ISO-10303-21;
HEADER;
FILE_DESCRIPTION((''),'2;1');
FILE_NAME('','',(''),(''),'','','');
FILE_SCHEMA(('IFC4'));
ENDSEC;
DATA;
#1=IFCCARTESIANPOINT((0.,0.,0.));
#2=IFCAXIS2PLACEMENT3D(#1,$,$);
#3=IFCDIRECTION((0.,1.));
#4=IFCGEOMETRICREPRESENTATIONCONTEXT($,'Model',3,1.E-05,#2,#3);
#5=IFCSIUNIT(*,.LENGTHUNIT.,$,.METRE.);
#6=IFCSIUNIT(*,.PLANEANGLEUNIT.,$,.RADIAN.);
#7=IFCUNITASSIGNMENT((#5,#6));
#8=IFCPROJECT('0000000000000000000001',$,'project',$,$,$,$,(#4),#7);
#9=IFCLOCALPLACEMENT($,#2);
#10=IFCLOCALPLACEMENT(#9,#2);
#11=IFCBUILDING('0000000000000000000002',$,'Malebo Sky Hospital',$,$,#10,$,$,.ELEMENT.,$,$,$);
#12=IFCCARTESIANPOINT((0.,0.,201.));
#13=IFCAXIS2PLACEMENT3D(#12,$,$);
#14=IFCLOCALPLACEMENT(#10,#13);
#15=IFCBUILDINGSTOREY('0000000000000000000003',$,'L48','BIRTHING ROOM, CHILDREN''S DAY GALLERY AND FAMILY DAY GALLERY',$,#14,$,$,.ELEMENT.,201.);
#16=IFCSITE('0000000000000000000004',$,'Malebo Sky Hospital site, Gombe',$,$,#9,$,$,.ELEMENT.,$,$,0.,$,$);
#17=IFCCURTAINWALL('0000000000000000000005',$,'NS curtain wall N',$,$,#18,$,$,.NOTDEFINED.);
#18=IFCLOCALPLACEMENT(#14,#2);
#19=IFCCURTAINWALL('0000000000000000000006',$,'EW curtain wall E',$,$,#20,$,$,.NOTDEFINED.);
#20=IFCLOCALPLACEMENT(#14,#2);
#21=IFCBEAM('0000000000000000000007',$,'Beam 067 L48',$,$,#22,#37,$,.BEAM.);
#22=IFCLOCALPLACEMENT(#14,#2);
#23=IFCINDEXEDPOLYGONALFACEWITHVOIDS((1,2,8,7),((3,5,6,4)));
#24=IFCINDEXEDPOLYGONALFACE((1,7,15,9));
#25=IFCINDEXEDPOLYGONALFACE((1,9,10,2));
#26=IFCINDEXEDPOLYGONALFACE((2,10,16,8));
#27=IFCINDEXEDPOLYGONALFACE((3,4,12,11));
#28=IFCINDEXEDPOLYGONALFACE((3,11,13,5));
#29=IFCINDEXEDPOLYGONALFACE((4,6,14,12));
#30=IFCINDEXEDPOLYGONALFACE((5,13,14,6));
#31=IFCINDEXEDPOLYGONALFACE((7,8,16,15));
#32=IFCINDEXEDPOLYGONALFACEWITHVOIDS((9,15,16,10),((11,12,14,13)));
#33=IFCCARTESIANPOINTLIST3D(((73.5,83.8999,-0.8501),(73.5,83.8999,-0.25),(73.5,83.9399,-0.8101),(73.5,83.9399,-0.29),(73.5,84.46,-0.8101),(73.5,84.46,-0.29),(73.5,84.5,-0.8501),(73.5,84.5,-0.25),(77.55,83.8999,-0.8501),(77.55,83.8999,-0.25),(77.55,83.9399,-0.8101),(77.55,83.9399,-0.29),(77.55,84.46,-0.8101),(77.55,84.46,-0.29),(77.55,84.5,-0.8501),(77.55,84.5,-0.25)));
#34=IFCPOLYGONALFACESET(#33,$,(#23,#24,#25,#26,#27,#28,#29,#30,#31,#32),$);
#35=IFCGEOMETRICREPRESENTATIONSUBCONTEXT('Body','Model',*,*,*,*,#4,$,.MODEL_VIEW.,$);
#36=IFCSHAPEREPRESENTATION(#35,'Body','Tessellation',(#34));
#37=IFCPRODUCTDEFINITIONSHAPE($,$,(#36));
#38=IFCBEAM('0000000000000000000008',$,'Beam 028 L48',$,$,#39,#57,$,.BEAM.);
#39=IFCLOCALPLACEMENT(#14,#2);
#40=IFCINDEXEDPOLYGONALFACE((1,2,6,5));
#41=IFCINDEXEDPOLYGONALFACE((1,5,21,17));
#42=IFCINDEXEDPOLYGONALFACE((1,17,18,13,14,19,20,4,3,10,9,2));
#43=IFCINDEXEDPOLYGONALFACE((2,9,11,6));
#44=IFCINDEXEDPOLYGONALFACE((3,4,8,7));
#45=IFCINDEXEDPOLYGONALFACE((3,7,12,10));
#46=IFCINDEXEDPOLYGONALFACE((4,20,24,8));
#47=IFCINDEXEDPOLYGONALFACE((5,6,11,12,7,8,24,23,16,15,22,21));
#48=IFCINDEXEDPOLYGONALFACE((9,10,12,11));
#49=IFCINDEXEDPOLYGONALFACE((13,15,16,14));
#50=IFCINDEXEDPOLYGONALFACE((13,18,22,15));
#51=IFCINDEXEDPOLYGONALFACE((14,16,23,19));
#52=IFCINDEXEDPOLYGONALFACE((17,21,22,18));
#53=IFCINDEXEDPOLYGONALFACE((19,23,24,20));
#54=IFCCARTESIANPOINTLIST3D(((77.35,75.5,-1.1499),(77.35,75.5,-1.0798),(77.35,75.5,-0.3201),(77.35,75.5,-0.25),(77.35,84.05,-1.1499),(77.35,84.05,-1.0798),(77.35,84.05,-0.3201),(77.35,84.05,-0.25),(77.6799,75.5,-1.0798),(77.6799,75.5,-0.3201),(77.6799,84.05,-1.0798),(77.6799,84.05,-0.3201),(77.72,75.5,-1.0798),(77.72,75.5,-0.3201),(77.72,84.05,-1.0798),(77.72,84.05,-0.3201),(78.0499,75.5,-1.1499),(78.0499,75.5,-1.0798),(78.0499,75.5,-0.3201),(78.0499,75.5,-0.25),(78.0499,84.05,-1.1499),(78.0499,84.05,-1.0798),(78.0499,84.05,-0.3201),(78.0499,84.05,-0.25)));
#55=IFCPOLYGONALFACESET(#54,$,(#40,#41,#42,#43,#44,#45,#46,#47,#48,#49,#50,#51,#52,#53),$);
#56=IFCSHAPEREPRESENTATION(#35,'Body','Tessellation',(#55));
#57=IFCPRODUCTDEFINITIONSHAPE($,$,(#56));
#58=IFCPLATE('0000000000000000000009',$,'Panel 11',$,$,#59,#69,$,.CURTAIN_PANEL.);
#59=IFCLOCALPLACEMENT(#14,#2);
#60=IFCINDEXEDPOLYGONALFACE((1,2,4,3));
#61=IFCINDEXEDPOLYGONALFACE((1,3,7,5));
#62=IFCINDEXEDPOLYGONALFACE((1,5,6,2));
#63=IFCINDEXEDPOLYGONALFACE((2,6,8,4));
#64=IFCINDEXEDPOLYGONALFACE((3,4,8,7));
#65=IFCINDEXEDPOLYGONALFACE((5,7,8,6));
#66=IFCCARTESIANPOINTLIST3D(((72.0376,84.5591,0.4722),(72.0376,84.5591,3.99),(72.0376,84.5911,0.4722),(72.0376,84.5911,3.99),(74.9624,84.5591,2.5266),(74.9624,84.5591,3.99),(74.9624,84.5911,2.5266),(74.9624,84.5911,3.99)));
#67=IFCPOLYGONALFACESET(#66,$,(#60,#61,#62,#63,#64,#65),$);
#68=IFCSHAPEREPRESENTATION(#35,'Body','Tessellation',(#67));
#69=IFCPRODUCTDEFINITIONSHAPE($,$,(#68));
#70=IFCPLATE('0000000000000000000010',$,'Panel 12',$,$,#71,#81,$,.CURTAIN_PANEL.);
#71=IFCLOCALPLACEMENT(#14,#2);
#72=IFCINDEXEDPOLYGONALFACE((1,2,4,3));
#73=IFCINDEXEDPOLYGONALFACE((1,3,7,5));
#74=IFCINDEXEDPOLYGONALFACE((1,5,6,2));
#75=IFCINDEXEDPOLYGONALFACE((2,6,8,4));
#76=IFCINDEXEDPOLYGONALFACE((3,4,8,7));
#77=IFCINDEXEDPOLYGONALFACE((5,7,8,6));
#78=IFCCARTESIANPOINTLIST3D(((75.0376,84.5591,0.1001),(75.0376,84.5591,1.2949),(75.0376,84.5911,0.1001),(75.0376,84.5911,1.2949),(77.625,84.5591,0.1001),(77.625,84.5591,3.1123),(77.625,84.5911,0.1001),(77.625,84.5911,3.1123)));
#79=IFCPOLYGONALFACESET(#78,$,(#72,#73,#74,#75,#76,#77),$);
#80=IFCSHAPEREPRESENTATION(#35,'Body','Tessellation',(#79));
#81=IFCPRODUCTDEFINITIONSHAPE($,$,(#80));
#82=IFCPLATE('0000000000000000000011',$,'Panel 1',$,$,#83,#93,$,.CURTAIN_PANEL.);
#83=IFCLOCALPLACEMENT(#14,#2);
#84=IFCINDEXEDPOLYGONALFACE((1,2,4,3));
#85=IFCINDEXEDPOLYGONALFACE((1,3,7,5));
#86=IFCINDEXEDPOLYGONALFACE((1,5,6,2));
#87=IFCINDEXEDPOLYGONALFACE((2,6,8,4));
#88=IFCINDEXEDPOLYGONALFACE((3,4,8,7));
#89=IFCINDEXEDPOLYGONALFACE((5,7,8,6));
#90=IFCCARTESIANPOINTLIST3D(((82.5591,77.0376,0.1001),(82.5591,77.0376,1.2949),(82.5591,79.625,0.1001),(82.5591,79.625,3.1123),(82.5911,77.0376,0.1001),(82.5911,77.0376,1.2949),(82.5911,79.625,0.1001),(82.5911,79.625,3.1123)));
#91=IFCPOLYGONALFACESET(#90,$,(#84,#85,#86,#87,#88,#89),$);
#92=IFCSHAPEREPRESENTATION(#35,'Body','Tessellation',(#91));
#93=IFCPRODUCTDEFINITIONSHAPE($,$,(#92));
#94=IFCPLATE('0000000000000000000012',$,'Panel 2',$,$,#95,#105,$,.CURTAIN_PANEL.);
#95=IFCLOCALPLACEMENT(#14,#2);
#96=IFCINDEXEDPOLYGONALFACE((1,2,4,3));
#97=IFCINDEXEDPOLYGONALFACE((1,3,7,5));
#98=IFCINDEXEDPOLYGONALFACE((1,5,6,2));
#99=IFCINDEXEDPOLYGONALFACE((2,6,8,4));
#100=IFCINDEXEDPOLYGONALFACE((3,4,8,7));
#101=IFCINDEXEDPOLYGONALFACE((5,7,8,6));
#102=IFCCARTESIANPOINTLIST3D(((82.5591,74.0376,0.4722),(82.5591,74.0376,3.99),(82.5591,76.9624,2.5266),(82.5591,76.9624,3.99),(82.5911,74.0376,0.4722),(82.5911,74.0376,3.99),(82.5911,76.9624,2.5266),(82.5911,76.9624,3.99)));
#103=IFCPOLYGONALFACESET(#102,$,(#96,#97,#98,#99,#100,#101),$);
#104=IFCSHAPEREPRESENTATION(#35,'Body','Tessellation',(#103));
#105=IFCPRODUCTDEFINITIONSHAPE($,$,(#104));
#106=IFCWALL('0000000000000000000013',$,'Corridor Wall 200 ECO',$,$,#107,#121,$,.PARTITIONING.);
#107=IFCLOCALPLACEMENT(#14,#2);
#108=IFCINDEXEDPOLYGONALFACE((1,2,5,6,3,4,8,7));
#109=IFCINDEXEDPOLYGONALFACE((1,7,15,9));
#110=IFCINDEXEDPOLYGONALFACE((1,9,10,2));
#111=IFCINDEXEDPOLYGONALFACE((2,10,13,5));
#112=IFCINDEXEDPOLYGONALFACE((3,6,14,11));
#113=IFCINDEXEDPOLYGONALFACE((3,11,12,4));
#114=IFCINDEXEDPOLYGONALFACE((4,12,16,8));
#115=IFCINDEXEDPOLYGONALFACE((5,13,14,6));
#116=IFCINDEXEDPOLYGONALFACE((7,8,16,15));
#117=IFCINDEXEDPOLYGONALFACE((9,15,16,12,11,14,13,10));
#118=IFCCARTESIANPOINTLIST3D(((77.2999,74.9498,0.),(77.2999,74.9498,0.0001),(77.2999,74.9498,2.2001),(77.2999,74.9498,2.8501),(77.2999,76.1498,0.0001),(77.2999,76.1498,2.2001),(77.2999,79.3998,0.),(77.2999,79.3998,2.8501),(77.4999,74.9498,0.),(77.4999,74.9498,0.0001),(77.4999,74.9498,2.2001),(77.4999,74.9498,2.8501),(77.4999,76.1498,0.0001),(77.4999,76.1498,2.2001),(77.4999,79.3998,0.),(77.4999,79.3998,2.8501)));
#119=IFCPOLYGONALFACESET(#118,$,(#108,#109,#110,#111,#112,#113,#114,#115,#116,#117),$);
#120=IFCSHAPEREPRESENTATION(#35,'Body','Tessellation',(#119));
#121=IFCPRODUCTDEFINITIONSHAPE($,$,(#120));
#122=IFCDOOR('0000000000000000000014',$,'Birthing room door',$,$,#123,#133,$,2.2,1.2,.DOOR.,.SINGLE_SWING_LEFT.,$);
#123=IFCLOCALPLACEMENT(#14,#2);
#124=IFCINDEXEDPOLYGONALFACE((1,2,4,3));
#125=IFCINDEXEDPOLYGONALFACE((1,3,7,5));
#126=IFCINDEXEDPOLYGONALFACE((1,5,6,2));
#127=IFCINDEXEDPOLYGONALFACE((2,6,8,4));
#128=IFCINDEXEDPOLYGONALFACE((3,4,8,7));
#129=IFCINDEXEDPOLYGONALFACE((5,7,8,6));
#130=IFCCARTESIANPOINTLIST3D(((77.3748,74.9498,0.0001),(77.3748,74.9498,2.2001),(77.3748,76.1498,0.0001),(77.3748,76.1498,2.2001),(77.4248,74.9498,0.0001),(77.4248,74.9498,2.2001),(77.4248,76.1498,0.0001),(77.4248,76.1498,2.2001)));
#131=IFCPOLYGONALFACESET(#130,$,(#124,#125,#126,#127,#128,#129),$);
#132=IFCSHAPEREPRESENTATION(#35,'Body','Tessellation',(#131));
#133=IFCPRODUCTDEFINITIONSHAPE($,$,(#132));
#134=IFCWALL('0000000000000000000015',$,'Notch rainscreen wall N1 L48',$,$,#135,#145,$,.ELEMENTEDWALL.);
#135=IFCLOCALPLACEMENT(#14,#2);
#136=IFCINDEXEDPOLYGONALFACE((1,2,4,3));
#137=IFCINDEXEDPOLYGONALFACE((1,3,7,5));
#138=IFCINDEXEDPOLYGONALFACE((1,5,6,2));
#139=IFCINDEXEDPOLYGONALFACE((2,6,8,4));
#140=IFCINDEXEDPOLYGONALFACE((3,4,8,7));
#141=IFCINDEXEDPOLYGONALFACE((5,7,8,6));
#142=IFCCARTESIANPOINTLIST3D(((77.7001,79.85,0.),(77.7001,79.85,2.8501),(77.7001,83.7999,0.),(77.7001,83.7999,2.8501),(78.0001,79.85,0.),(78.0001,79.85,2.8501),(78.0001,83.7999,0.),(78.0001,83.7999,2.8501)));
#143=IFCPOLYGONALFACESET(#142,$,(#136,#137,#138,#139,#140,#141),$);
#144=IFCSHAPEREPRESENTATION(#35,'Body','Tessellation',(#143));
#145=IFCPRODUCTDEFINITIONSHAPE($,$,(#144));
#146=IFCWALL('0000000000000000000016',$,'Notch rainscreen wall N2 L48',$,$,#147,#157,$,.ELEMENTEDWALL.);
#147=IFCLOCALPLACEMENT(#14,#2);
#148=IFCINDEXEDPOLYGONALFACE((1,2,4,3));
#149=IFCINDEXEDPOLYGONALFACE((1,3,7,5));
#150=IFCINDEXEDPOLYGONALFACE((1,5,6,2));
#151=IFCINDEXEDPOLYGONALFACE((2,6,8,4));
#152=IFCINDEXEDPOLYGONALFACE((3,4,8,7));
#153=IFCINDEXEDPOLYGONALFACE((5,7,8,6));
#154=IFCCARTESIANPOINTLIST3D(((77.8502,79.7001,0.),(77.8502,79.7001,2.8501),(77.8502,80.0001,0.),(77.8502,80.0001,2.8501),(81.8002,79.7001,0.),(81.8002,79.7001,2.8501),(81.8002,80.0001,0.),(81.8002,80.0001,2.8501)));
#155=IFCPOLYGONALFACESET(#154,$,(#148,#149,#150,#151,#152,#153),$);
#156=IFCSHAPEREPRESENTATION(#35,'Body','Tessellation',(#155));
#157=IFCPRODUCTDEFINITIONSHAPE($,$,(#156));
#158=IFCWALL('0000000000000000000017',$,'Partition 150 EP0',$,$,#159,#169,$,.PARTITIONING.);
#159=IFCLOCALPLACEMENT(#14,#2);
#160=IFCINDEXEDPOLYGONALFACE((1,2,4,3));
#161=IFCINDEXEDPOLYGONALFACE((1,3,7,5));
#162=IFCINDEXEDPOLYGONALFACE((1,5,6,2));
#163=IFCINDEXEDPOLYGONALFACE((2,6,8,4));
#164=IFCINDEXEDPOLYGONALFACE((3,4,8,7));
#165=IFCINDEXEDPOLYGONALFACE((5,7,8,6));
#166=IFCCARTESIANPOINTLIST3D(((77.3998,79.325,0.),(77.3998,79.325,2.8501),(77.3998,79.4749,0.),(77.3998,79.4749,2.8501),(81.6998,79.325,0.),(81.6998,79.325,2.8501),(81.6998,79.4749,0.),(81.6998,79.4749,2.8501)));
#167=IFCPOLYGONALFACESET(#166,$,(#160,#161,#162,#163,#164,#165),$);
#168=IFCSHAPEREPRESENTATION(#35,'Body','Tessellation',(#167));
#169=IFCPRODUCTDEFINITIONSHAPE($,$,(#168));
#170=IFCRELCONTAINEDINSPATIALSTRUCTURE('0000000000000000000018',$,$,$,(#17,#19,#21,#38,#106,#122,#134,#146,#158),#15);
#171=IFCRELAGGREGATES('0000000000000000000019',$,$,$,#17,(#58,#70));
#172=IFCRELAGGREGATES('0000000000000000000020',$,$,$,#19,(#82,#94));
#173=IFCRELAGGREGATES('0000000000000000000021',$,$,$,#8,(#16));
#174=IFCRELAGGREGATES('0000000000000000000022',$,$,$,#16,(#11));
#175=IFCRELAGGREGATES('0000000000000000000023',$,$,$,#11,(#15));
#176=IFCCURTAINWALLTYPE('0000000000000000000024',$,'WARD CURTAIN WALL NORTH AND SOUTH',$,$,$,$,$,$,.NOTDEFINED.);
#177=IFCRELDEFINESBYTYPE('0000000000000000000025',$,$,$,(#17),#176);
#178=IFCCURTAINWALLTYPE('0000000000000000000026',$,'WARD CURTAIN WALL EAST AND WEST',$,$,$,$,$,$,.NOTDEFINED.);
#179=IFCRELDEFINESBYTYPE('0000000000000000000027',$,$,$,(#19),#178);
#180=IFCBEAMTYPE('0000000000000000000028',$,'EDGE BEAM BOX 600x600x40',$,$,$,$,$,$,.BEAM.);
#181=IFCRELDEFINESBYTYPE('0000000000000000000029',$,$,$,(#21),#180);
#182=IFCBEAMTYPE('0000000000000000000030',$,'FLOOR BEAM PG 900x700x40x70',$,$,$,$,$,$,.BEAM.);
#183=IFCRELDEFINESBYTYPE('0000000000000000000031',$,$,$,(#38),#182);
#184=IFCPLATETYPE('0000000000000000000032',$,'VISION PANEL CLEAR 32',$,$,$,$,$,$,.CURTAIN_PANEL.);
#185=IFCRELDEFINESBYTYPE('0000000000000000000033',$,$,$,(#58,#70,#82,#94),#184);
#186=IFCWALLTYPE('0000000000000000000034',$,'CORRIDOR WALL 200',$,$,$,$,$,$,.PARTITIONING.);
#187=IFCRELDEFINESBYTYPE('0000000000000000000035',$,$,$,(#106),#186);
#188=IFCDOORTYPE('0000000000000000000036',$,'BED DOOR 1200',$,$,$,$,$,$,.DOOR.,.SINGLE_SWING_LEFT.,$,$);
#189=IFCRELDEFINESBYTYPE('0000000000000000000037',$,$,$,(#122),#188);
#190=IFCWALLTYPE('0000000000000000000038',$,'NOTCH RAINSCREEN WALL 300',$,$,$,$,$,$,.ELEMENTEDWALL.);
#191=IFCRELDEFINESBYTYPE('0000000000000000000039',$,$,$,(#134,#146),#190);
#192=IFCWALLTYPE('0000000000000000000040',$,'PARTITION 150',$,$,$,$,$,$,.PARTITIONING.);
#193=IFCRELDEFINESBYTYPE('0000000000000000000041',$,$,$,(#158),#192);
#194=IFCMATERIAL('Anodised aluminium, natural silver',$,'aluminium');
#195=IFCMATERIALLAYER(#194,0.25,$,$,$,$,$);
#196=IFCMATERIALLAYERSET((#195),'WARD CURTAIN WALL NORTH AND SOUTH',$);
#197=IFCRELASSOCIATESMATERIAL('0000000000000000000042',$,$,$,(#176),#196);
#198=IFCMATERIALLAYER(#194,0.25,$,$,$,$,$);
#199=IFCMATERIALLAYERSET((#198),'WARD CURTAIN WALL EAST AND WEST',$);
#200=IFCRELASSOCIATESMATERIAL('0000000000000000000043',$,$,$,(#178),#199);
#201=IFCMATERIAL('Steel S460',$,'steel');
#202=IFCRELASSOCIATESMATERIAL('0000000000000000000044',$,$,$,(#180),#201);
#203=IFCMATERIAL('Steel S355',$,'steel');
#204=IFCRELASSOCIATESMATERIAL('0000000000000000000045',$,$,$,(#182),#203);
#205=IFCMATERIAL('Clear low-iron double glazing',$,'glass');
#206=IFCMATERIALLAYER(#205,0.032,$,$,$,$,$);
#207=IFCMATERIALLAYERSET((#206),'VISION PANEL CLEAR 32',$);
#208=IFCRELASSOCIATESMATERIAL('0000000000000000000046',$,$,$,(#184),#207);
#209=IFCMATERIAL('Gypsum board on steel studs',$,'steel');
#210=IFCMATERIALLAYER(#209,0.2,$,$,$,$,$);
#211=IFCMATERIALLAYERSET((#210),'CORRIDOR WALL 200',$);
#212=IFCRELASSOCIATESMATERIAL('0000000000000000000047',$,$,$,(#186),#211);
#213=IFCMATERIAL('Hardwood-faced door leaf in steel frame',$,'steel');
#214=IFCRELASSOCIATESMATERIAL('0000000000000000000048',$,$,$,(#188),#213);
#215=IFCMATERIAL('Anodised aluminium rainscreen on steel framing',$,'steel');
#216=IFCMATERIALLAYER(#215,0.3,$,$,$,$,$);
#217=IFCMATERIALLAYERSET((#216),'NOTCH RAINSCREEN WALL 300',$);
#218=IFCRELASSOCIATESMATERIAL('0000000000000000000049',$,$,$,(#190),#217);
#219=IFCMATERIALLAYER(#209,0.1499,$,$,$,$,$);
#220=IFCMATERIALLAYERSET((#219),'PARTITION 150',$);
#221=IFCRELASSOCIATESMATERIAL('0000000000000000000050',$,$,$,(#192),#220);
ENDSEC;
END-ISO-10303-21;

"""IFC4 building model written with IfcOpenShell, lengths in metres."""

from ifc_helpers import new_model, si_unit, direction, frame, frame_2d, origin, origin_2d, place, context, subcontext, project, spatial, polyline, rectangle, hollow_rectangle, i_section, outline, extrude, material, layer, layer_set, material_profile, profile_set, type_object, element, fill, aggregate, save


model = new_model("IFC4")

# Units and contexts
model_context = context("Model", 3, precision=1e-05, world=origin(), true_north=direction((0.0, 1.0)))
body_context = subcontext(model_context, "Body", "Model", "MODEL_VIEW")
ifc_project = project(units=[si_unit("LENGTHUNIT", "METRE"), si_unit("PLANEANGLEUNIT", "RADIAN")], contexts=[model_context])

# Site, building, storey
site_placement = place(None, origin())
site = spatial("IfcSite", under=ifc_project, at=site_placement, Name="Malebo Sky Hospital site, Gombe", CompositionType="ELEMENT", RefElevation=0.0)
building_placement = place(site_placement, origin())
building = spatial("IfcBuilding", under=site, at=building_placement, Name="Malebo Sky Hospital", CompositionType="ELEMENT")
storey_placement = place(building_placement, frame((0.0, 0.0, 201.0)))
storey = spatial("IfcBuildingStorey", under=building, at=storey_placement, Name="L48", Description="BIRTHING ROOM, CHILDREN'S DAY GALLERY AND FAMILY DAY GALLERY", CompositionType="ELEMENT", Elevation=201.0)

# Shared definitions
ifc_material_1 = material(Name="Steel S460", Category="steel")

# Curtain wall
ifc_material_2 = material(Name="Anodised aluminium, natural silver", Category="aluminium")
ifc_layer_1 = layer(ifc_material_2, 0.25)
ifc_layer_set_1 = layer_set([ifc_layer_1], Name="WARD CURTAIN WALL NORTH AND SOUTH")
curtain_wall_type_1 = type_object("IfcCurtainWallType", Name="WARD CURTAIN WALL NORTH AND SOUTH", PredefinedType="NOTDEFINED", material=ifc_layer_set_1)
curtain_wall_1_placement = place(storey_placement, origin())
curtain_wall_1 = element("IfcCurtainWall", 1, at=curtain_wall_1_placement, inside=storey, type_object=curtain_wall_type_1, Name="NS curtain wall N", PredefinedType="NOTDEFINED")

# Curtain wall
ifc_layer_2 = layer(ifc_material_2, 0.25)
ifc_layer_set_2 = layer_set([ifc_layer_2], Name="WARD CURTAIN WALL EAST AND WEST")
curtain_wall_type_2 = type_object("IfcCurtainWallType", Name="WARD CURTAIN WALL EAST AND WEST", PredefinedType="NOTDEFINED", material=ifc_layer_set_2)
curtain_wall_2_placement = place(storey_placement, origin())
curtain_wall_2 = element("IfcCurtainWall", 2, at=curtain_wall_2_placement, inside=storey, type_object=curtain_wall_type_2, Name="EW curtain wall E", PredefinedType="NOTDEFINED")

# Beams
ifc_material_profile_1 = material_profile(ifc_material_1, hollow_rectangle(XDim=0.6001, YDim=0.6001, WallThickness=0.04, at=origin_2d()), Name="BOX 600x600x40")
ifc_profile_set_1 = profile_set([ifc_material_profile_1], Name="Steel S460")
beam_type_1 = type_object("IfcBeamType", Name="EDGE BEAM BOX 600x600x40", PredefinedType="BEAM", material=ifc_profile_set_1)
for number, where, z_axis, x_axis, name in (
    (3, (73.5, 84.2, -0.55), (1.0, 0.0, 0.0), (0.0, 1.0, 0.0), "Beam 067 L48"),
):
    element("IfcBeam", number, at=place(storey_placement, frame(where, z_axis=z_axis, x_axis=x_axis)), inside=storey, type_object=beam_type_1, Name=name, PredefinedType="BEAM", context=body_context, shape_type="SweptSolid", body=[
        extrude(hollow_rectangle(XDim=0.6001, YDim=0.6001, WallThickness=0.04, at=origin_2d()), origin(), (0.0, 0.0, 1.0), 4.05),
    ])
ifc_material_3 = material(Name="Steel S355", Category="steel")
ifc_material_profile_2 = material_profile(ifc_material_3, i_section(OverallWidth=0.7, OverallDepth=0.8999, WebThickness=0.04, FlangeThickness=0.0701, at=origin_2d()), Name="PG 900x700x40x70")
ifc_profile_set_2 = profile_set([ifc_material_profile_2], Name="Steel S355")
beam_type_2 = type_object("IfcBeamType", Name="FLOOR BEAM PG 900x700x40x70", PredefinedType="BEAM", material=ifc_profile_set_2)
beam_placement = place(storey_placement, frame((77.7, 75.5, -0.7), z_axis=(0.0, 1.0, 0.0), x_axis=(-1.0, 0.0, 0.0)))
element("IfcBeam", 4, at=beam_placement, inside=storey, type_object=beam_type_2, Name="Beam 028 L48", PredefinedType="BEAM", context=body_context, shape_type="SweptSolid", body=[
    extrude(i_section(OverallWidth=0.7, OverallDepth=0.8999, WebThickness=0.04, FlangeThickness=0.0701, at=origin_2d()), origin(), (0.0, 0.0, 1.0), 8.55),
])

# Plates
ifc_material_4 = material(Name="Clear low-iron double glazing", Category="glass")
ifc_layer_3 = layer(ifc_material_4, 0.032)
ifc_layer_set_3 = layer_set([ifc_layer_3], Name="VISION PANEL CLEAR 32")
plate_type = type_object("IfcPlateType", Name="VISION PANEL CLEAR 32", PredefinedType="CURTAIN_PANEL", material=ifc_layer_set_3)
plate_1_placement = place(storey_placement, frame((73.5, 84.575, 0.4722), z_axis=(0.0, 0.0, 1.0), x_axis=(1.0, 0.0, 0.0)))
plate_1 = element("IfcPlate", 5, at=plate_1_placement, type_object=plate_type, Name="Panel 11", PredefinedType="CURTAIN_PANEL", context=body_context, shape_type="SweptSolid", body=[
    extrude(outline(polyline([(-1.4624, 0.0), (1.4624, 2.0544), (1.4624, 3.5178), (-1.4624, 3.5178), (-1.4624, 0.0)])), frame((0.0, 0.0161, 0.0), z_axis=(0.0, -1.0, 0.0), x_axis=(1.0, 0.0, 0.0)), (0.0, 0.0, 1.0), 0.032),
])
plate_2_placement = place(storey_placement, frame((76.3313, 84.575, 0.1001), z_axis=(0.0, 0.0, 1.0), x_axis=(1.0, 0.0, 0.0)))
plate_2 = element("IfcPlate", 6, at=plate_2_placement, type_object=plate_type, Name="Panel 12", PredefinedType="CURTAIN_PANEL", context=body_context, shape_type="SweptSolid", body=[
    extrude(outline(polyline([(-1.2937, 0.0), (1.2937, 0.0), (1.2937, 3.0122), (-1.2937, 1.1948), (-1.2937, 0.0)])), frame((0.0, 0.0161, 0.0), z_axis=(0.0, -1.0, 0.0), x_axis=(1.0, 0.0, 0.0)), (0.0, 0.0, 1.0), 0.032),
])
aggregate(curtain_wall_1, [plate_1, plate_2])
plate_3_placement = place(storey_placement, frame((82.575, 78.3313, 0.1001), z_axis=(0.0, 0.0, 1.0), x_axis=(0.0, -1.0, 0.0)))
plate_3 = element("IfcPlate", 7, at=plate_3_placement, type_object=plate_type, Name="Panel 1", PredefinedType="CURTAIN_PANEL", context=body_context, shape_type="SweptSolid", body=[
    extrude(outline(polyline([(-1.2937, 0.0), (1.2937, 0.0), (1.2937, 1.1948), (-1.2937, 3.0122), (-1.2937, 0.0)])), frame((0.0, 0.0161, 0.0), z_axis=(0.0, -1.0, 0.0), x_axis=(1.0, 0.0, 0.0)), (0.0, 0.0, 1.0), 0.032),
])
plate_4_placement = place(storey_placement, frame((82.575, 75.5, 0.4722), z_axis=(0.0, 0.0, 1.0), x_axis=(0.0, -1.0, 0.0)))
plate_4 = element("IfcPlate", 8, at=plate_4_placement, type_object=plate_type, Name="Panel 2", PredefinedType="CURTAIN_PANEL", context=body_context, shape_type="SweptSolid", body=[
    extrude(outline(polyline([(1.4624, 0.0), (1.4624, 3.5178), (-1.4624, 3.5178), (-1.4624, 2.0544), (1.4624, 0.0)])), frame((0.0, 0.0161, 0.0), z_axis=(0.0, -1.0, 0.0), x_axis=(1.0, 0.0, 0.0)), (0.0, 0.0, 1.0), 0.032),
])
aggregate(curtain_wall_2, [plate_3, plate_4])

# Wall, opening, door
ifc_material_5 = material(Name="Gypsum board on steel studs", Category="steel")
ifc_layer_4 = layer(ifc_material_5, 0.2)
ifc_layer_set_4 = layer_set([ifc_layer_4], Name="CORRIDOR WALL 200")
wall_type_1 = type_object("IfcWallType", Name="CORRIDOR WALL 200", PredefinedType="PARTITIONING", material=ifc_layer_set_4)
wall_1_placement = place(storey_placement, frame((77.3999, 79.3999, 0.0), z_axis=(0.0, 0.0, 1.0), x_axis=(0.0, -1.0, 0.0)))
wall_1 = element("IfcWall", 9, at=wall_1_placement, inside=storey, type_object=wall_type_1, Name="Corridor Wall 200 ECO", PredefinedType="PARTITIONING", context=body_context, shape_type="SweptSolid", body=[
    extrude(rectangle(XDim=4.45, YDim=0.2, at=frame_2d((2.2251, 0.0))), origin(), (0.0, 0.0, 1.0), 2.8501),
])
opening_1_placement = place(wall_1_placement, frame((3.25, 0.0, 0.0)))
opening_1 = element("IfcOpeningElement", 10, at=opening_1_placement, cuts=wall_1, PredefinedType="OPENING", context=body_context, shape_type="SweptSolid", body=[
    extrude(rectangle(XDim=1.2, YDim=2.2, at=frame_2d((0.6001, 1.1001))), frame((0.0, 0.1099, 0.0), z_axis=(0.0, -1.0, 0.0), x_axis=(1.0, 0.0, 0.0)), (0.0, 0.0, 1.0), 0.22),
])
ifc_material_6 = material(Name="Hardwood-faced door leaf in steel frame", Category="steel")
door_type_1 = type_object("IfcDoorType", Name="BED DOOR 1200", OperationType="SINGLE_SWING_LEFT", PredefinedType="DOOR", material=ifc_material_6)
door_1_placement = place(opening_1_placement, origin())
door_1 = element("IfcDoor", 11, at=door_1_placement, inside=storey, type_object=door_type_1, Name="Birthing room door", OperationType="SINGLE_SWING_LEFT", OverallHeight=2.2, OverallWidth=1.2, PredefinedType="DOOR", context=body_context, shape_type="SweptSolid", body=[
    extrude(rectangle(XDim=1.2, YDim=2.2, at=frame_2d((0.6001, 1.1001))), frame((0.0, 0.0249, 0.0), z_axis=(0.0, -1.0, 0.0), x_axis=(1.0, 0.0, 0.0)), (0.0, 0.0, 1.0), 0.05),
])
fill(opening_1, door_1)

# Walls
ifc_material_7 = material(Name="Anodised aluminium rainscreen on steel framing", Category="steel")
ifc_layer_5 = layer(ifc_material_7, 0.3)
ifc_layer_set_5 = layer_set([ifc_layer_5], Name="NOTCH RAINSCREEN WALL 300")
wall_type_2 = type_object("IfcWallType", Name="NOTCH RAINSCREEN WALL 300", PredefinedType="ELEMENTEDWALL", material=ifc_layer_set_5)
for number, where, z_axis, x_axis, name in (
    (12, (77.8501, 83.8, 0.0), (0.0, 0.0, 1.0), (0.0, -1.0, 0.0), "Notch rainscreen wall N1 L48"),
    (13, (77.8501, 79.8501, 0.0), (0.0, 0.0, 1.0), (1.0, 0.0, 0.0), "Notch rainscreen wall N2 L48"),
):
    element("IfcWall", number, at=place(storey_placement, frame(where, z_axis=z_axis, x_axis=x_axis)), inside=storey, type_object=wall_type_2, Name=name, PredefinedType="ELEMENTEDWALL", context=body_context, shape_type="SweptSolid", body=[
        extrude(rectangle(XDim=3.95, YDim=0.3, at=frame_2d((1.9751, 0.0))), origin(), (0.0, 0.0, 1.0), 2.8501),
    ])
ifc_layer_6 = layer(ifc_material_5, 0.1499)
ifc_layer_set_6 = layer_set([ifc_layer_6], Name="PARTITION 150")
wall_type_3 = type_object("IfcWallType", Name="PARTITION 150", PredefinedType="PARTITIONING", material=ifc_layer_set_6)
wall_2_placement = place(storey_placement, frame((77.3999, 79.3999, 0.0), z_axis=(0.0, 0.0, 1.0), x_axis=(1.0, 0.0, 0.0)))
element("IfcWall", 14, at=wall_2_placement, inside=storey, type_object=wall_type_3, Name="Partition 150 EP0", PredefinedType="PARTITIONING", context=body_context, shape_type="SweptSolid", body=[
    extrude(rectangle(XDim=4.3, YDim=0.1499, at=frame_2d((2.1499, 0.0))), origin(), (0.0, 0.0, 1.0), 2.8501),
])

save(model, "model.ifc")
